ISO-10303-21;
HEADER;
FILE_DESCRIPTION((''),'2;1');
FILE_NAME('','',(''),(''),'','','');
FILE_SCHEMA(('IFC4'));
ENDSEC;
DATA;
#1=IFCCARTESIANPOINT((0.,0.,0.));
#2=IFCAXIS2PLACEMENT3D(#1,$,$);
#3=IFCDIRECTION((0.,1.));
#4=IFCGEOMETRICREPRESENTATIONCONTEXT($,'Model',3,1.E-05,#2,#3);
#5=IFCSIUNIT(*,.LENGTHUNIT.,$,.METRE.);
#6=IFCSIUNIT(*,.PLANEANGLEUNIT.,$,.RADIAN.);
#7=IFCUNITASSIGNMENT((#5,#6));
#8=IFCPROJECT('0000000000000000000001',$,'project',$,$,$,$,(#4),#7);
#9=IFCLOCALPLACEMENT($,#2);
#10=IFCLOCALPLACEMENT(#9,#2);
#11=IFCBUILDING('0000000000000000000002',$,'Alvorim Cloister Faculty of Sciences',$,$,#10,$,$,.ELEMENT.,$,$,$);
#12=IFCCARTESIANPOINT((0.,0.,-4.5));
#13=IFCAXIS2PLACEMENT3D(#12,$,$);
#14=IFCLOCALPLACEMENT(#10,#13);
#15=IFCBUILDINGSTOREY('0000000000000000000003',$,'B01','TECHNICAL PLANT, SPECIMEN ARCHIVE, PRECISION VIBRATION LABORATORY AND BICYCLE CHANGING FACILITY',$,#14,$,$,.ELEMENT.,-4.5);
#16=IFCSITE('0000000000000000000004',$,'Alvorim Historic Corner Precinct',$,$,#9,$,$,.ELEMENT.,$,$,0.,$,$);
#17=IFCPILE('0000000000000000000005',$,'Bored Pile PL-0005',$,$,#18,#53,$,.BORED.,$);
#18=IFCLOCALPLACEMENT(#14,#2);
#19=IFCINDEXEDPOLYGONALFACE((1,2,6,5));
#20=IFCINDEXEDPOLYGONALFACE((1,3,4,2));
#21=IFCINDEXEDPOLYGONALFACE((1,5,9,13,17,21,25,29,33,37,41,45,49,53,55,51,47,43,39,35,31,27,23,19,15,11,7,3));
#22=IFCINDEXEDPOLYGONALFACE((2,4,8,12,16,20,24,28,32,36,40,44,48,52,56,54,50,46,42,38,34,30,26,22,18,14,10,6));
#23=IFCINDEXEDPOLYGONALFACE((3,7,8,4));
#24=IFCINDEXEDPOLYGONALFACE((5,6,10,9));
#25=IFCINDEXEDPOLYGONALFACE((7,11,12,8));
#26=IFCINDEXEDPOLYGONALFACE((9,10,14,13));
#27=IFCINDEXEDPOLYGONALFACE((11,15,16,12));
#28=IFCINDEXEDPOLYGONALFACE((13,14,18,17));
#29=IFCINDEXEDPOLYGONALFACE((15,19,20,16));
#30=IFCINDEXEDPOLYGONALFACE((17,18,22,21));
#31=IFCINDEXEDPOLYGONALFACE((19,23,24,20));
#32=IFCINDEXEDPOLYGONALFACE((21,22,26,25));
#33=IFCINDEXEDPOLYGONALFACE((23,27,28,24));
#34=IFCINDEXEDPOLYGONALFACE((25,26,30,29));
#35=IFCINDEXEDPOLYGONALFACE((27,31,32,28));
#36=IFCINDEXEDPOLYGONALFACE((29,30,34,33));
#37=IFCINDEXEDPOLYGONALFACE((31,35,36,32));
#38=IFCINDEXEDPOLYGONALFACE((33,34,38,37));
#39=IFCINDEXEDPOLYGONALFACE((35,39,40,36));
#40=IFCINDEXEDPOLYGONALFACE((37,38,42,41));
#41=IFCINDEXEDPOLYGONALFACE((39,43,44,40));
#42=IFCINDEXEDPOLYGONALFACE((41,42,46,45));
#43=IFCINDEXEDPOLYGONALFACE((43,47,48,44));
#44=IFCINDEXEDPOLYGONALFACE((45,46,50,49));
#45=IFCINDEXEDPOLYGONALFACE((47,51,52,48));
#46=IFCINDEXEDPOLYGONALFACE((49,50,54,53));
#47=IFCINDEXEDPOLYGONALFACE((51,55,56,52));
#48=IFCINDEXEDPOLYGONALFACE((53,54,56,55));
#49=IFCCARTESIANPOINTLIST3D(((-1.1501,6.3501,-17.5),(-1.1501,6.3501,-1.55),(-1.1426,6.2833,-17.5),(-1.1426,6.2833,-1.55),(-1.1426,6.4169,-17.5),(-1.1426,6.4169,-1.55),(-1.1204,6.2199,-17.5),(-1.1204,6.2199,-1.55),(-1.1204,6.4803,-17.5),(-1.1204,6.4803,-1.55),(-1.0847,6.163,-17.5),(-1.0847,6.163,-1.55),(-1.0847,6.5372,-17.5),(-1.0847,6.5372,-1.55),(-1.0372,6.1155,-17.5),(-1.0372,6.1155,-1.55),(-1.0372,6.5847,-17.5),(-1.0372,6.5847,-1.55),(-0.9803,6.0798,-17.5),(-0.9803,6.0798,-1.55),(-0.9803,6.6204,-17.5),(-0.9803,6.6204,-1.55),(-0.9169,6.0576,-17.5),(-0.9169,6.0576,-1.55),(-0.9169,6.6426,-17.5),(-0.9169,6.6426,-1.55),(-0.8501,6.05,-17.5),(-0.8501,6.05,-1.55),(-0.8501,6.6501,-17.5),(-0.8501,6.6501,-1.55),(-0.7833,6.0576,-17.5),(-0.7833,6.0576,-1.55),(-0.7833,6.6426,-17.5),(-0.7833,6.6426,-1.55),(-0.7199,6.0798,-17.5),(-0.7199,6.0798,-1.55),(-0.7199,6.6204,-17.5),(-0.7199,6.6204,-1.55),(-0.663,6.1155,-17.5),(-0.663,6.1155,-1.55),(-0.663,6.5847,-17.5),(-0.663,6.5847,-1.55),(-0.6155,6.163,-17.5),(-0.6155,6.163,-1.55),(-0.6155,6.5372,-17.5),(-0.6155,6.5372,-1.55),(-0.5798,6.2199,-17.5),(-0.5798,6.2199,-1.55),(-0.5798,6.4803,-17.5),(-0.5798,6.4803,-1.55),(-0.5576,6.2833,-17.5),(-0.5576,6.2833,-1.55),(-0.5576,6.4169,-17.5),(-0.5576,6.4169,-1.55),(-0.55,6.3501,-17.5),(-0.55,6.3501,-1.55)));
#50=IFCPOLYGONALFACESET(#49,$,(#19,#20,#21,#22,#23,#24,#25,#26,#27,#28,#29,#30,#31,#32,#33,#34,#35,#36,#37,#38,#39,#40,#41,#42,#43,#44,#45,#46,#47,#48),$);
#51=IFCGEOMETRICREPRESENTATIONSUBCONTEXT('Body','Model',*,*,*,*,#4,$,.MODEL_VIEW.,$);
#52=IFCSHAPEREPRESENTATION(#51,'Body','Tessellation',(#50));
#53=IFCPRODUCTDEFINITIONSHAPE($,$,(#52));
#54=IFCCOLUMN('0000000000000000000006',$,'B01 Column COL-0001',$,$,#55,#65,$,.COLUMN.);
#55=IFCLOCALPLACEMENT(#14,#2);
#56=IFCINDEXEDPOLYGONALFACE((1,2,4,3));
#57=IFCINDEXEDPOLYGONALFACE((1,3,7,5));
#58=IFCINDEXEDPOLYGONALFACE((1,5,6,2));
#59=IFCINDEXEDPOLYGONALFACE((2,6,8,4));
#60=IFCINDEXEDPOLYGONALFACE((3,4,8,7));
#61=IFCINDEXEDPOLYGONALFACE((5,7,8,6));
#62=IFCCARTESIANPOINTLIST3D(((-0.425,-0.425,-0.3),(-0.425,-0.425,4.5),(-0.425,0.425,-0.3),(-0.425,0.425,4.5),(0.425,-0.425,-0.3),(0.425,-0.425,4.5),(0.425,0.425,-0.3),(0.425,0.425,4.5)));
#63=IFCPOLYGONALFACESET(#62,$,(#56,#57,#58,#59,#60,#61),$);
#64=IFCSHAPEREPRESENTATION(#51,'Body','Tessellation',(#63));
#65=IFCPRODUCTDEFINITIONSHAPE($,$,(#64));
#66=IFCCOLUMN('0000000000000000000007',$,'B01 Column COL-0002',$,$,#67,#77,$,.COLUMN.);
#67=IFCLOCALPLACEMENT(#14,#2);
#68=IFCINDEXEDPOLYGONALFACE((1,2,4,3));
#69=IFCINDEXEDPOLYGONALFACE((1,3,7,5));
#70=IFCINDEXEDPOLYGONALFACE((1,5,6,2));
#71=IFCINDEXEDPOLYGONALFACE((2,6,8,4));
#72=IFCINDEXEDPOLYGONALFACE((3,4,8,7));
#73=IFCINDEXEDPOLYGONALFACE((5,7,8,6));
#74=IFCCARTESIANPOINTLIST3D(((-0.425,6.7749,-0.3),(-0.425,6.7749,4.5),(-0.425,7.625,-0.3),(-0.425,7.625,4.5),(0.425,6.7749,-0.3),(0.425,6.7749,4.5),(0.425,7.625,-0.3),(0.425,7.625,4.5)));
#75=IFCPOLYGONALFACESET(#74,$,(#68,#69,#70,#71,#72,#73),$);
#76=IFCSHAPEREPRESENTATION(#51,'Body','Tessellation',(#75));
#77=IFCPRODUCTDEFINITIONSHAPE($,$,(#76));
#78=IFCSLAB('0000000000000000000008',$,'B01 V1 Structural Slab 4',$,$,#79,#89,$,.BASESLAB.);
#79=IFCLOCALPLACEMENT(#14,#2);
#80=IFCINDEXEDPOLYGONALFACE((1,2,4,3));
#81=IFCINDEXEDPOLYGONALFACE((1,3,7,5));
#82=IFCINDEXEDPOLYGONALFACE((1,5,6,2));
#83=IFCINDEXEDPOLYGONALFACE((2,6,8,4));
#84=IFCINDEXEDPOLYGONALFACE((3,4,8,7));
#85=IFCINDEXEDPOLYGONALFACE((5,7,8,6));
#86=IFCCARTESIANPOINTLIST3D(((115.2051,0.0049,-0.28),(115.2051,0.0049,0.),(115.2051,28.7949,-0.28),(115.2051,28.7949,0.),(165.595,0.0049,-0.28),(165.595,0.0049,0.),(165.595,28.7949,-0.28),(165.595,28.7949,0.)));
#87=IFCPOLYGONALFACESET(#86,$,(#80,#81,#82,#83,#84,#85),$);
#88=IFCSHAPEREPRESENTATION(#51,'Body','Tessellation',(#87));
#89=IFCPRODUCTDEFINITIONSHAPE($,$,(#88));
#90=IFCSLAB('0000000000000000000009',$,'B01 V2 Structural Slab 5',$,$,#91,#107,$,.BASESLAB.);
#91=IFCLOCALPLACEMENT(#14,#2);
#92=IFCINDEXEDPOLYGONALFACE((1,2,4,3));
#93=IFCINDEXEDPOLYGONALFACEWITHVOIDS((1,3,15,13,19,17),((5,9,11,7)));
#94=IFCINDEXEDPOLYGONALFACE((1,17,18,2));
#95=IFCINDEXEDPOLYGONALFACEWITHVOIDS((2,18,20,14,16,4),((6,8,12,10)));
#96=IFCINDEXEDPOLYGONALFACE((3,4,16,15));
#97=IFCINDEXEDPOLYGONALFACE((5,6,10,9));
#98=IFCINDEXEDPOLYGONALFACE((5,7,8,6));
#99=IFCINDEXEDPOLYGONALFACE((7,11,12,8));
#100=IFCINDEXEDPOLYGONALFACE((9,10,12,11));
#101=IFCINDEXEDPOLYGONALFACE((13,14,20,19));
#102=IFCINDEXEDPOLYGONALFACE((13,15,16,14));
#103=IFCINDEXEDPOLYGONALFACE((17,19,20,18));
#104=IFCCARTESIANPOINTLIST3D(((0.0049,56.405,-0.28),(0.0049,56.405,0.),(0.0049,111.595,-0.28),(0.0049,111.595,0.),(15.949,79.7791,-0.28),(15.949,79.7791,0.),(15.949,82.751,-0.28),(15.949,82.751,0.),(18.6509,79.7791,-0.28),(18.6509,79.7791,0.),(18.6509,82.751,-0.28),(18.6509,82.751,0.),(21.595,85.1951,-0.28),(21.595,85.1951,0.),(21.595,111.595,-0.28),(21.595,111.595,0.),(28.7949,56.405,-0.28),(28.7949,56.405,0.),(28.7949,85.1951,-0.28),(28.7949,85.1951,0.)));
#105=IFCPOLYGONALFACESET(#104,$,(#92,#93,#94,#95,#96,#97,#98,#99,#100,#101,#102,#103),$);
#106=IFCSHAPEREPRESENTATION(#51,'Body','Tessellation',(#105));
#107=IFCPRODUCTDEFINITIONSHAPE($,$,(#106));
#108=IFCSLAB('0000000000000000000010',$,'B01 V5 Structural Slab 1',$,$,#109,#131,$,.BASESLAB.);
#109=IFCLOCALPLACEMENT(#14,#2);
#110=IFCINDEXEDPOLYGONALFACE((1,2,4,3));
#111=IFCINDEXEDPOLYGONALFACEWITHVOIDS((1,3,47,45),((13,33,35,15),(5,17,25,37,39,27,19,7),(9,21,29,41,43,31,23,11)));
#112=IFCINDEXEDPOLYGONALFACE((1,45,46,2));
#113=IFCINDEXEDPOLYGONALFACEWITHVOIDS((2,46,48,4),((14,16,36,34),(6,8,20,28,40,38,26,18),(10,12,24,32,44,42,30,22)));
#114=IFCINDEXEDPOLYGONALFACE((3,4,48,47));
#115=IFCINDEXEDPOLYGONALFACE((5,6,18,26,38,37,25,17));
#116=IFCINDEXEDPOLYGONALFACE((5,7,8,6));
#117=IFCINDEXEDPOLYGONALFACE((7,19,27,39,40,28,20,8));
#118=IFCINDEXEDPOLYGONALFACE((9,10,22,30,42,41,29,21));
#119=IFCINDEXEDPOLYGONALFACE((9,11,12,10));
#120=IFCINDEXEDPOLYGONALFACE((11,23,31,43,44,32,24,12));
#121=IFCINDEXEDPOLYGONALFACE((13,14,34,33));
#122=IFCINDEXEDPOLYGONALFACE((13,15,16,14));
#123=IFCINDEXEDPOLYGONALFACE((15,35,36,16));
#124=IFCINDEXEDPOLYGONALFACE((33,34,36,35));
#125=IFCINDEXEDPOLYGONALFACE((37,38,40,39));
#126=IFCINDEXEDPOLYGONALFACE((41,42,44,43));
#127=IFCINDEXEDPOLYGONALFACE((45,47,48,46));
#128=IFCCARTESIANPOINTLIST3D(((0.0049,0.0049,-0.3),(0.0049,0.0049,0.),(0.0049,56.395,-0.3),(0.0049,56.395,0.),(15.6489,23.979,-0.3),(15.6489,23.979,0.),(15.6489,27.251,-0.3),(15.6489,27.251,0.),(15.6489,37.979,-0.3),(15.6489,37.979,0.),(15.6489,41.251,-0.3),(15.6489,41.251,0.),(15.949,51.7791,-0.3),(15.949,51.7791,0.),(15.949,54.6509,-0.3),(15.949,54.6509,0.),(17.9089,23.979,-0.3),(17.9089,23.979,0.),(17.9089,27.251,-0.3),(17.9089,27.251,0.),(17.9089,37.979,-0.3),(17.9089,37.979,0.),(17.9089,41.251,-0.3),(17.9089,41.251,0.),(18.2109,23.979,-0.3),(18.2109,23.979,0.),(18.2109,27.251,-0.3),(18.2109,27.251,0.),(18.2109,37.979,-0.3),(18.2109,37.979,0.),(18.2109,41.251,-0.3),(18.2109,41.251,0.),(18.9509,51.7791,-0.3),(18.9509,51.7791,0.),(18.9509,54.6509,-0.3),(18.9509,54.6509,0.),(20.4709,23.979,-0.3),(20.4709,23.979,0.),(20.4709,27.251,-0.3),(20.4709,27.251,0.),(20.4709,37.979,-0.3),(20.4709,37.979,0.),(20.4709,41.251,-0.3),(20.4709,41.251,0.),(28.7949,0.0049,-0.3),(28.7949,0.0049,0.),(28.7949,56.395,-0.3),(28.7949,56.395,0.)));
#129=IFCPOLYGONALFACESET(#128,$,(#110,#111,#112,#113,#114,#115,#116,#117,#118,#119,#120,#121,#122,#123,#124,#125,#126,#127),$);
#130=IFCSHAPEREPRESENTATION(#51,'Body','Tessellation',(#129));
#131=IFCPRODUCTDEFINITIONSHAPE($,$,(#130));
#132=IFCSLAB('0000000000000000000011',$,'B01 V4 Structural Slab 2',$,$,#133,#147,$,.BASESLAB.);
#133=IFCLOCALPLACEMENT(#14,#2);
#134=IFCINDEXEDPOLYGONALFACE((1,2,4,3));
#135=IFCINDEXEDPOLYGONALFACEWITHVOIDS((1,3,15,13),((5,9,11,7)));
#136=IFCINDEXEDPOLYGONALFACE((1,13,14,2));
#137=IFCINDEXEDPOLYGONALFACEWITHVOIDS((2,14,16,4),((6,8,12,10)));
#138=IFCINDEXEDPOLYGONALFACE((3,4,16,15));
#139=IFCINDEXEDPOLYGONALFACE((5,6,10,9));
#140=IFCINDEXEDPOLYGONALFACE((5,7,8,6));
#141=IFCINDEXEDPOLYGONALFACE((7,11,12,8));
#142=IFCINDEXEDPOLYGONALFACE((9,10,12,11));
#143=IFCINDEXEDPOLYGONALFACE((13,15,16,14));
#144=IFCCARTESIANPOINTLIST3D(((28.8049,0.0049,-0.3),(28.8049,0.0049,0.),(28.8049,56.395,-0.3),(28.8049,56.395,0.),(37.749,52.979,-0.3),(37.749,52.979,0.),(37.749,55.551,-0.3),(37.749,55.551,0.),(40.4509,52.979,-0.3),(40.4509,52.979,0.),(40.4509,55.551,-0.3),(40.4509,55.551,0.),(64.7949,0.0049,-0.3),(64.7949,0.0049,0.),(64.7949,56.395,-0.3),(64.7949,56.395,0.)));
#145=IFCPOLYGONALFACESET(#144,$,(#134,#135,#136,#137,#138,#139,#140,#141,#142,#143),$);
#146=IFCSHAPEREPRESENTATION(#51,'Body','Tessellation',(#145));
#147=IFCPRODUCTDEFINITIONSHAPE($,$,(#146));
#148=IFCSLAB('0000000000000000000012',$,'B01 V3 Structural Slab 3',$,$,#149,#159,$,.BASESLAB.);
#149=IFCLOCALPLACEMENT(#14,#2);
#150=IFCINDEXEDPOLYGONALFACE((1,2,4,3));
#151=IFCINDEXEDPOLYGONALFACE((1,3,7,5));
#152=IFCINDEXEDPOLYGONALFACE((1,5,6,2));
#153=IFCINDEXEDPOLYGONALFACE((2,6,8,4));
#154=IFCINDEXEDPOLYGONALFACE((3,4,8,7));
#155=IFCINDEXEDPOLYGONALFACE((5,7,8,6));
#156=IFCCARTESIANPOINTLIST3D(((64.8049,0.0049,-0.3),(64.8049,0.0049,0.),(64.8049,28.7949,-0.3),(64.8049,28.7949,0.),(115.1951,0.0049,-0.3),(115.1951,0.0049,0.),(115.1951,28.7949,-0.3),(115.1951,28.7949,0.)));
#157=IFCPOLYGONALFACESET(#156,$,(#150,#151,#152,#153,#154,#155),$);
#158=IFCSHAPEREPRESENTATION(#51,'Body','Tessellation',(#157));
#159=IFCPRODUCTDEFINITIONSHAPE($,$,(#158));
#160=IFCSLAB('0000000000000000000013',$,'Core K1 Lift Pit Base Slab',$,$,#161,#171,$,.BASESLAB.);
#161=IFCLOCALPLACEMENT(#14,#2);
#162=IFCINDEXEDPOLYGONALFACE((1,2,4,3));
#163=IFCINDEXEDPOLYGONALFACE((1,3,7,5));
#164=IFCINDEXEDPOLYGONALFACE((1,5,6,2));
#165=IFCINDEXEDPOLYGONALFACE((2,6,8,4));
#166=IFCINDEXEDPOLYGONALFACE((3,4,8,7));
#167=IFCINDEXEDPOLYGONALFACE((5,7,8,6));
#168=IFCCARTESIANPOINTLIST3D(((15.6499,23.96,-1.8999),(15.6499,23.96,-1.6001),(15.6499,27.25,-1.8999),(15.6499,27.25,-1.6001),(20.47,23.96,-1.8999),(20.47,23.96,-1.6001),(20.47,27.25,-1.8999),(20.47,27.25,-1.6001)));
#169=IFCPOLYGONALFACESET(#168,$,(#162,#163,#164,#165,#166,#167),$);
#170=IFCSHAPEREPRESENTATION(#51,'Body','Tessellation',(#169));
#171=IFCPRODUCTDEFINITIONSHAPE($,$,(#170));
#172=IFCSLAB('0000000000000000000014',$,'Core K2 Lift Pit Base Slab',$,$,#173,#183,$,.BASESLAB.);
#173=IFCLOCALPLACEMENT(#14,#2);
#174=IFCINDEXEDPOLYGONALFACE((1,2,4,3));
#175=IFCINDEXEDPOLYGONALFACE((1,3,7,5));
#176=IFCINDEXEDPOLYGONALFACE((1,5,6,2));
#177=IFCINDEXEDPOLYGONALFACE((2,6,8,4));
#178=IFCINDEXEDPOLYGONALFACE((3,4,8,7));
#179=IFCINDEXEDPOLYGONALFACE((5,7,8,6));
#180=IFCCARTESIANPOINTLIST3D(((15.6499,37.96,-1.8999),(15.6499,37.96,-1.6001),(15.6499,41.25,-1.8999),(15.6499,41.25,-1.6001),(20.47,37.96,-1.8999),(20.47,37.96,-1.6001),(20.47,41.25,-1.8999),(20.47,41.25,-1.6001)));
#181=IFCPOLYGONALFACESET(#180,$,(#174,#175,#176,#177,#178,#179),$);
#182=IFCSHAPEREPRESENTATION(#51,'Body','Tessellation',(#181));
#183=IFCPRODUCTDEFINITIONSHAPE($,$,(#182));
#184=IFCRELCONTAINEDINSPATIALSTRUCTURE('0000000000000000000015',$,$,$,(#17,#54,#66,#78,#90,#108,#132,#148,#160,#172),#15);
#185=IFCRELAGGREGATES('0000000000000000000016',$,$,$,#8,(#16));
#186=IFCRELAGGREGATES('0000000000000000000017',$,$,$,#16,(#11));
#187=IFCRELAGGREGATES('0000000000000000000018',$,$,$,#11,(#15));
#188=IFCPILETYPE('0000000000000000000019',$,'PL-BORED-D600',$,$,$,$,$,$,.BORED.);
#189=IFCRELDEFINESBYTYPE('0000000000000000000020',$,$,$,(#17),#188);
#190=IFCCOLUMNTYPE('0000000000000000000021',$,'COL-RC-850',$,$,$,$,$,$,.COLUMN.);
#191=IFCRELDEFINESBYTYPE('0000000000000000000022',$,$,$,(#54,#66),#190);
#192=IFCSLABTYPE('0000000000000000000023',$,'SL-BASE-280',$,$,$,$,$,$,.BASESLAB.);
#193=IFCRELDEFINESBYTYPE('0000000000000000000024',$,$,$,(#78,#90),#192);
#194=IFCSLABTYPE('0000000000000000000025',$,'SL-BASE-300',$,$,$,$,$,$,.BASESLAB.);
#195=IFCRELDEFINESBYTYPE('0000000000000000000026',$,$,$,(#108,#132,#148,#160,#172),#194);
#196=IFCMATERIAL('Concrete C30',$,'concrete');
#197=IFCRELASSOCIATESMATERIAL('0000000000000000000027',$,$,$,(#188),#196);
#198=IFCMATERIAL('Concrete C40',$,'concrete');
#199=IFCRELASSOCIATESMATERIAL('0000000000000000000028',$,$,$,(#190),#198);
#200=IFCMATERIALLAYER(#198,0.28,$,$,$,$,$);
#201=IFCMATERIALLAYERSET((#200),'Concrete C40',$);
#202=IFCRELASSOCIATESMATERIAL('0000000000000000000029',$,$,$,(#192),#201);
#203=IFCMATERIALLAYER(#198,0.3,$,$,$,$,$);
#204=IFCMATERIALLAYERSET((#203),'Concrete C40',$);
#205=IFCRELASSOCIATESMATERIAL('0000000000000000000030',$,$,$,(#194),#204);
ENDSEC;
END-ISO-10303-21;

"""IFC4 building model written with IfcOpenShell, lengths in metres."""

from ifc_helpers import new_model, si_unit, direction, frame, origin, origin_2d, place, context, subcontext, project, spatial, polyline, rectangle, circle, outline, extrude, material, layer, layer_set, material_profile, profile_set, type_object, element, save


model = new_model("IFC4")

# Units and contexts
model_context = context("Model", 3, precision=1e-05, world=origin(), true_north=direction((0.0, 1.0)))
body_context = subcontext(model_context, "Body", "Model", "MODEL_VIEW")
ifc_project = project(units=[si_unit("LENGTHUNIT", "METRE"), si_unit("PLANEANGLEUNIT", "RADIAN")], contexts=[model_context])

# Site, building, storey
site_placement = place(None, origin())
site = spatial("IfcSite", under=ifc_project, at=site_placement, Name="Alvorim Historic Corner Precinct", CompositionType="ELEMENT", RefElevation=0.0)
building_placement = place(site_placement, origin())
building = spatial("IfcBuilding", under=site, at=building_placement, Name="Alvorim Cloister Faculty of Sciences", CompositionType="ELEMENT")
storey_placement = place(building_placement, frame((0.0, 0.0, -4.5)))
storey = spatial("IfcBuildingStorey", under=building, at=storey_placement, Name="B01", Description="TECHNICAL PLANT, SPECIMEN ARCHIVE, PRECISION VIBRATION LABORATORY AND BICYCLE CHANGING FACILITY", CompositionType="ELEMENT", Elevation=-4.5)

# Shared definitions
ifc_material_1 = material(Name="Concrete C40", Category="concrete")

# Pile
ifc_material_2 = material(Name="Concrete C30", Category="concrete")
ifc_material_profile_1 = material_profile(ifc_material_2, circle(Radius=0.3, at=origin_2d()), Name="PILE-D600")
ifc_profile_set_1 = profile_set([ifc_material_profile_1], Name="Concrete C30")
pile_type = type_object("IfcPileType", Name="PL-BORED-D600", PredefinedType="BORED", material=ifc_profile_set_1)
for number, where, z_axis, x_axis, name in (
    (1, (-0.8501, 6.3501, -1.55), (0.0, 0.0, -1.0), (1.0, 0.0, 0.0), "Bored Pile PL-0005"),
):
    element("IfcPile", number, at=place(storey_placement, frame(where, z_axis=z_axis, x_axis=x_axis)), inside=storey, type_object=pile_type, Name=name, PredefinedType="BORED", context=body_context, shape_type="SweptSolid", body=[
        extrude(circle(Radius=0.3, at=origin_2d()), origin(), (0.0, 0.0, 1.0), 15.95),
    ])

# Columns
ifc_material_profile_2 = material_profile(ifc_material_1, rectangle(XDim=0.8501, YDim=0.8501, at=origin_2d()), Name="RC40-COL-850x850")
ifc_profile_set_2 = profile_set([ifc_material_profile_2], Name="Concrete C40")
column_type = type_object("IfcColumnType", Name="COL-RC-850", PredefinedType="COLUMN", material=ifc_profile_set_2)
for number, where, z_axis, x_axis, name in (
    (2, (0.0, 0.0, -0.3), (0.0, 0.0, 1.0), (1.0, 0.0, 0.0), "B01 Column COL-0001"),
    (3, (0.0, 7.2, -0.3), (0.0, 0.0, 1.0), (1.0, 0.0, 0.0), "B01 Column COL-0002"),
):
    element("IfcColumn", number, at=place(storey_placement, frame(where, z_axis=z_axis, x_axis=x_axis)), inside=storey, type_object=column_type, Name=name, PredefinedType="COLUMN", context=body_context, shape_type="SweptSolid", body=[
        extrude(rectangle(XDim=0.8501, YDim=0.8501, at=origin_2d()), origin(), (0.0, 0.0, 1.0), 4.8),
    ])

# Slabs
ifc_layer_1 = layer(ifc_material_1, 0.28)
ifc_layer_set_1 = layer_set([ifc_layer_1], Name="Concrete C40")
slab_type_1 = type_object("IfcSlabType", Name="SL-BASE-280", PredefinedType="BASESLAB", material=ifc_layer_set_1)
slab_1_placement = place(storey_placement, frame((0.0, 0.0, -0.28)))
element("IfcSlab", 4, at=slab_1_placement, inside=storey, type_object=slab_type_1, Name="B01 V1 Structural Slab 4", PredefinedType="BASESLAB", context=body_context, shape_type="SweptSolid", body=[
    extrude(outline(polyline([(115.2051, 0.0049), (115.2051, 28.7949), (165.595, 28.7949), (165.595, 0.0049), (115.2051, 0.0049)])), origin(), (0.0, 0.0, 1.0), 0.28),
])
slab_2_placement = place(storey_placement, frame((0.0, 0.0, -0.28)))
element("IfcSlab", 5, at=slab_2_placement, inside=storey, type_object=slab_type_1, Name="B01 V2 Structural Slab 5", PredefinedType="BASESLAB", context=body_context, shape_type="SweptSolid", body=[
    extrude(outline(polyline([(28.7949, 56.405), (0.0049, 56.405), (0.0049, 111.595), (21.595, 111.595), (21.595, 85.1951), (28.7949, 85.1951), (28.7949, 56.405)]), holes=[polyline([(15.949, 82.751), (15.949, 79.7791), (18.6509, 79.7791), (18.6509, 82.751), (15.949, 82.751)])]), origin(), (0.0, 0.0, 1.0), 0.28),
])
ifc_layer_2 = layer(ifc_material_1, 0.3)
ifc_layer_set_2 = layer_set([ifc_layer_2], Name="Concrete C40")
slab_type_2 = type_object("IfcSlabType", Name="SL-BASE-300", PredefinedType="BASESLAB", material=ifc_layer_set_2)
slab_3_placement = place(storey_placement, frame((0.0, 0.0, -0.3)))
element("IfcSlab", 6, at=slab_3_placement, inside=storey, type_object=slab_type_2, Name="B01 V5 Structural Slab 1", PredefinedType="BASESLAB", context=body_context, shape_type="SweptSolid", body=[
    extrude(outline(polyline([(0.0049, 0.0049), (0.0049, 56.395), (28.7949, 56.395), (28.7949, 0.0049), (0.0049, 0.0049)]), holes=[polyline([(18.2109, 27.251), (17.9089, 27.251), (15.6489, 27.251), (15.6489, 23.979), (17.9089, 23.979), (18.2109, 23.979), (20.4709, 23.979), (20.4709, 27.251), (18.2109, 27.251)]), polyline([(15.6489, 41.251), (15.6489, 37.979), (17.9089, 37.979), (18.2109, 37.979), (20.4709, 37.979), (20.4709, 41.251), (18.2109, 41.251), (17.9089, 41.251), (15.6489, 41.251)]), polyline([(15.949, 54.6509), (15.949, 51.7791), (18.9509, 51.7791), (18.9509, 54.6509), (15.949, 54.6509)])]), origin(), (0.0, 0.0, 1.0), 0.3),
])
slab_4_placement = place(storey_placement, frame((0.0, 0.0, -0.3)))
element("IfcSlab", 7, at=slab_4_placement, inside=storey, type_object=slab_type_2, Name="B01 V4 Structural Slab 2", PredefinedType="BASESLAB", context=body_context, shape_type="SweptSolid", body=[
    extrude(outline(polyline([(28.8049, 0.0049), (28.8049, 56.395), (64.7949, 56.395), (64.7949, 0.0049), (28.8049, 0.0049)]), holes=[polyline([(37.749, 55.551), (37.749, 52.979), (40.4509, 52.979), (40.4509, 55.551), (37.749, 55.551)])]), origin(), (0.0, 0.0, 1.0), 0.3),
])
slab_5_placement = place(storey_placement, frame((0.0, 0.0, -0.3)))
element("IfcSlab", 8, at=slab_5_placement, inside=storey, type_object=slab_type_2, Name="B01 V3 Structural Slab 3", PredefinedType="BASESLAB", context=body_context, shape_type="SweptSolid", body=[
    extrude(outline(polyline([(64.8049, 0.0049), (64.8049, 28.7949), (115.1951, 28.7949), (115.1951, 0.0049), (64.8049, 0.0049)])), origin(), (0.0, 0.0, 1.0), 0.3),
])
slab_6_placement = place(storey_placement, frame((0.0, 0.0, -1.8999)))
element("IfcSlab", 9, at=slab_6_placement, inside=storey, type_object=slab_type_2, Name="Core K1 Lift Pit Base Slab", PredefinedType="BASESLAB", context=body_context, shape_type="SweptSolid", body=[
    extrude(outline(polyline([(15.6499, 23.96), (20.47, 23.96), (20.47, 27.25), (15.6499, 27.25), (15.6499, 23.96)])), origin(), (0.0, 0.0, 1.0), 0.2998),
])
slab_7_placement = place(storey_placement, frame((0.0, 0.0, -1.8999)))
element("IfcSlab", 10, at=slab_7_placement, inside=storey, type_object=slab_type_2, Name="Core K2 Lift Pit Base Slab", PredefinedType="BASESLAB", context=body_context, shape_type="SweptSolid", body=[
    extrude(outline(polyline([(15.6499, 37.96), (20.47, 37.96), (20.47, 41.25), (15.6499, 41.25), (15.6499, 37.96)])), origin(), (0.0, 0.0, 1.0), 0.2998),
])

save(model, "model.ifc")
